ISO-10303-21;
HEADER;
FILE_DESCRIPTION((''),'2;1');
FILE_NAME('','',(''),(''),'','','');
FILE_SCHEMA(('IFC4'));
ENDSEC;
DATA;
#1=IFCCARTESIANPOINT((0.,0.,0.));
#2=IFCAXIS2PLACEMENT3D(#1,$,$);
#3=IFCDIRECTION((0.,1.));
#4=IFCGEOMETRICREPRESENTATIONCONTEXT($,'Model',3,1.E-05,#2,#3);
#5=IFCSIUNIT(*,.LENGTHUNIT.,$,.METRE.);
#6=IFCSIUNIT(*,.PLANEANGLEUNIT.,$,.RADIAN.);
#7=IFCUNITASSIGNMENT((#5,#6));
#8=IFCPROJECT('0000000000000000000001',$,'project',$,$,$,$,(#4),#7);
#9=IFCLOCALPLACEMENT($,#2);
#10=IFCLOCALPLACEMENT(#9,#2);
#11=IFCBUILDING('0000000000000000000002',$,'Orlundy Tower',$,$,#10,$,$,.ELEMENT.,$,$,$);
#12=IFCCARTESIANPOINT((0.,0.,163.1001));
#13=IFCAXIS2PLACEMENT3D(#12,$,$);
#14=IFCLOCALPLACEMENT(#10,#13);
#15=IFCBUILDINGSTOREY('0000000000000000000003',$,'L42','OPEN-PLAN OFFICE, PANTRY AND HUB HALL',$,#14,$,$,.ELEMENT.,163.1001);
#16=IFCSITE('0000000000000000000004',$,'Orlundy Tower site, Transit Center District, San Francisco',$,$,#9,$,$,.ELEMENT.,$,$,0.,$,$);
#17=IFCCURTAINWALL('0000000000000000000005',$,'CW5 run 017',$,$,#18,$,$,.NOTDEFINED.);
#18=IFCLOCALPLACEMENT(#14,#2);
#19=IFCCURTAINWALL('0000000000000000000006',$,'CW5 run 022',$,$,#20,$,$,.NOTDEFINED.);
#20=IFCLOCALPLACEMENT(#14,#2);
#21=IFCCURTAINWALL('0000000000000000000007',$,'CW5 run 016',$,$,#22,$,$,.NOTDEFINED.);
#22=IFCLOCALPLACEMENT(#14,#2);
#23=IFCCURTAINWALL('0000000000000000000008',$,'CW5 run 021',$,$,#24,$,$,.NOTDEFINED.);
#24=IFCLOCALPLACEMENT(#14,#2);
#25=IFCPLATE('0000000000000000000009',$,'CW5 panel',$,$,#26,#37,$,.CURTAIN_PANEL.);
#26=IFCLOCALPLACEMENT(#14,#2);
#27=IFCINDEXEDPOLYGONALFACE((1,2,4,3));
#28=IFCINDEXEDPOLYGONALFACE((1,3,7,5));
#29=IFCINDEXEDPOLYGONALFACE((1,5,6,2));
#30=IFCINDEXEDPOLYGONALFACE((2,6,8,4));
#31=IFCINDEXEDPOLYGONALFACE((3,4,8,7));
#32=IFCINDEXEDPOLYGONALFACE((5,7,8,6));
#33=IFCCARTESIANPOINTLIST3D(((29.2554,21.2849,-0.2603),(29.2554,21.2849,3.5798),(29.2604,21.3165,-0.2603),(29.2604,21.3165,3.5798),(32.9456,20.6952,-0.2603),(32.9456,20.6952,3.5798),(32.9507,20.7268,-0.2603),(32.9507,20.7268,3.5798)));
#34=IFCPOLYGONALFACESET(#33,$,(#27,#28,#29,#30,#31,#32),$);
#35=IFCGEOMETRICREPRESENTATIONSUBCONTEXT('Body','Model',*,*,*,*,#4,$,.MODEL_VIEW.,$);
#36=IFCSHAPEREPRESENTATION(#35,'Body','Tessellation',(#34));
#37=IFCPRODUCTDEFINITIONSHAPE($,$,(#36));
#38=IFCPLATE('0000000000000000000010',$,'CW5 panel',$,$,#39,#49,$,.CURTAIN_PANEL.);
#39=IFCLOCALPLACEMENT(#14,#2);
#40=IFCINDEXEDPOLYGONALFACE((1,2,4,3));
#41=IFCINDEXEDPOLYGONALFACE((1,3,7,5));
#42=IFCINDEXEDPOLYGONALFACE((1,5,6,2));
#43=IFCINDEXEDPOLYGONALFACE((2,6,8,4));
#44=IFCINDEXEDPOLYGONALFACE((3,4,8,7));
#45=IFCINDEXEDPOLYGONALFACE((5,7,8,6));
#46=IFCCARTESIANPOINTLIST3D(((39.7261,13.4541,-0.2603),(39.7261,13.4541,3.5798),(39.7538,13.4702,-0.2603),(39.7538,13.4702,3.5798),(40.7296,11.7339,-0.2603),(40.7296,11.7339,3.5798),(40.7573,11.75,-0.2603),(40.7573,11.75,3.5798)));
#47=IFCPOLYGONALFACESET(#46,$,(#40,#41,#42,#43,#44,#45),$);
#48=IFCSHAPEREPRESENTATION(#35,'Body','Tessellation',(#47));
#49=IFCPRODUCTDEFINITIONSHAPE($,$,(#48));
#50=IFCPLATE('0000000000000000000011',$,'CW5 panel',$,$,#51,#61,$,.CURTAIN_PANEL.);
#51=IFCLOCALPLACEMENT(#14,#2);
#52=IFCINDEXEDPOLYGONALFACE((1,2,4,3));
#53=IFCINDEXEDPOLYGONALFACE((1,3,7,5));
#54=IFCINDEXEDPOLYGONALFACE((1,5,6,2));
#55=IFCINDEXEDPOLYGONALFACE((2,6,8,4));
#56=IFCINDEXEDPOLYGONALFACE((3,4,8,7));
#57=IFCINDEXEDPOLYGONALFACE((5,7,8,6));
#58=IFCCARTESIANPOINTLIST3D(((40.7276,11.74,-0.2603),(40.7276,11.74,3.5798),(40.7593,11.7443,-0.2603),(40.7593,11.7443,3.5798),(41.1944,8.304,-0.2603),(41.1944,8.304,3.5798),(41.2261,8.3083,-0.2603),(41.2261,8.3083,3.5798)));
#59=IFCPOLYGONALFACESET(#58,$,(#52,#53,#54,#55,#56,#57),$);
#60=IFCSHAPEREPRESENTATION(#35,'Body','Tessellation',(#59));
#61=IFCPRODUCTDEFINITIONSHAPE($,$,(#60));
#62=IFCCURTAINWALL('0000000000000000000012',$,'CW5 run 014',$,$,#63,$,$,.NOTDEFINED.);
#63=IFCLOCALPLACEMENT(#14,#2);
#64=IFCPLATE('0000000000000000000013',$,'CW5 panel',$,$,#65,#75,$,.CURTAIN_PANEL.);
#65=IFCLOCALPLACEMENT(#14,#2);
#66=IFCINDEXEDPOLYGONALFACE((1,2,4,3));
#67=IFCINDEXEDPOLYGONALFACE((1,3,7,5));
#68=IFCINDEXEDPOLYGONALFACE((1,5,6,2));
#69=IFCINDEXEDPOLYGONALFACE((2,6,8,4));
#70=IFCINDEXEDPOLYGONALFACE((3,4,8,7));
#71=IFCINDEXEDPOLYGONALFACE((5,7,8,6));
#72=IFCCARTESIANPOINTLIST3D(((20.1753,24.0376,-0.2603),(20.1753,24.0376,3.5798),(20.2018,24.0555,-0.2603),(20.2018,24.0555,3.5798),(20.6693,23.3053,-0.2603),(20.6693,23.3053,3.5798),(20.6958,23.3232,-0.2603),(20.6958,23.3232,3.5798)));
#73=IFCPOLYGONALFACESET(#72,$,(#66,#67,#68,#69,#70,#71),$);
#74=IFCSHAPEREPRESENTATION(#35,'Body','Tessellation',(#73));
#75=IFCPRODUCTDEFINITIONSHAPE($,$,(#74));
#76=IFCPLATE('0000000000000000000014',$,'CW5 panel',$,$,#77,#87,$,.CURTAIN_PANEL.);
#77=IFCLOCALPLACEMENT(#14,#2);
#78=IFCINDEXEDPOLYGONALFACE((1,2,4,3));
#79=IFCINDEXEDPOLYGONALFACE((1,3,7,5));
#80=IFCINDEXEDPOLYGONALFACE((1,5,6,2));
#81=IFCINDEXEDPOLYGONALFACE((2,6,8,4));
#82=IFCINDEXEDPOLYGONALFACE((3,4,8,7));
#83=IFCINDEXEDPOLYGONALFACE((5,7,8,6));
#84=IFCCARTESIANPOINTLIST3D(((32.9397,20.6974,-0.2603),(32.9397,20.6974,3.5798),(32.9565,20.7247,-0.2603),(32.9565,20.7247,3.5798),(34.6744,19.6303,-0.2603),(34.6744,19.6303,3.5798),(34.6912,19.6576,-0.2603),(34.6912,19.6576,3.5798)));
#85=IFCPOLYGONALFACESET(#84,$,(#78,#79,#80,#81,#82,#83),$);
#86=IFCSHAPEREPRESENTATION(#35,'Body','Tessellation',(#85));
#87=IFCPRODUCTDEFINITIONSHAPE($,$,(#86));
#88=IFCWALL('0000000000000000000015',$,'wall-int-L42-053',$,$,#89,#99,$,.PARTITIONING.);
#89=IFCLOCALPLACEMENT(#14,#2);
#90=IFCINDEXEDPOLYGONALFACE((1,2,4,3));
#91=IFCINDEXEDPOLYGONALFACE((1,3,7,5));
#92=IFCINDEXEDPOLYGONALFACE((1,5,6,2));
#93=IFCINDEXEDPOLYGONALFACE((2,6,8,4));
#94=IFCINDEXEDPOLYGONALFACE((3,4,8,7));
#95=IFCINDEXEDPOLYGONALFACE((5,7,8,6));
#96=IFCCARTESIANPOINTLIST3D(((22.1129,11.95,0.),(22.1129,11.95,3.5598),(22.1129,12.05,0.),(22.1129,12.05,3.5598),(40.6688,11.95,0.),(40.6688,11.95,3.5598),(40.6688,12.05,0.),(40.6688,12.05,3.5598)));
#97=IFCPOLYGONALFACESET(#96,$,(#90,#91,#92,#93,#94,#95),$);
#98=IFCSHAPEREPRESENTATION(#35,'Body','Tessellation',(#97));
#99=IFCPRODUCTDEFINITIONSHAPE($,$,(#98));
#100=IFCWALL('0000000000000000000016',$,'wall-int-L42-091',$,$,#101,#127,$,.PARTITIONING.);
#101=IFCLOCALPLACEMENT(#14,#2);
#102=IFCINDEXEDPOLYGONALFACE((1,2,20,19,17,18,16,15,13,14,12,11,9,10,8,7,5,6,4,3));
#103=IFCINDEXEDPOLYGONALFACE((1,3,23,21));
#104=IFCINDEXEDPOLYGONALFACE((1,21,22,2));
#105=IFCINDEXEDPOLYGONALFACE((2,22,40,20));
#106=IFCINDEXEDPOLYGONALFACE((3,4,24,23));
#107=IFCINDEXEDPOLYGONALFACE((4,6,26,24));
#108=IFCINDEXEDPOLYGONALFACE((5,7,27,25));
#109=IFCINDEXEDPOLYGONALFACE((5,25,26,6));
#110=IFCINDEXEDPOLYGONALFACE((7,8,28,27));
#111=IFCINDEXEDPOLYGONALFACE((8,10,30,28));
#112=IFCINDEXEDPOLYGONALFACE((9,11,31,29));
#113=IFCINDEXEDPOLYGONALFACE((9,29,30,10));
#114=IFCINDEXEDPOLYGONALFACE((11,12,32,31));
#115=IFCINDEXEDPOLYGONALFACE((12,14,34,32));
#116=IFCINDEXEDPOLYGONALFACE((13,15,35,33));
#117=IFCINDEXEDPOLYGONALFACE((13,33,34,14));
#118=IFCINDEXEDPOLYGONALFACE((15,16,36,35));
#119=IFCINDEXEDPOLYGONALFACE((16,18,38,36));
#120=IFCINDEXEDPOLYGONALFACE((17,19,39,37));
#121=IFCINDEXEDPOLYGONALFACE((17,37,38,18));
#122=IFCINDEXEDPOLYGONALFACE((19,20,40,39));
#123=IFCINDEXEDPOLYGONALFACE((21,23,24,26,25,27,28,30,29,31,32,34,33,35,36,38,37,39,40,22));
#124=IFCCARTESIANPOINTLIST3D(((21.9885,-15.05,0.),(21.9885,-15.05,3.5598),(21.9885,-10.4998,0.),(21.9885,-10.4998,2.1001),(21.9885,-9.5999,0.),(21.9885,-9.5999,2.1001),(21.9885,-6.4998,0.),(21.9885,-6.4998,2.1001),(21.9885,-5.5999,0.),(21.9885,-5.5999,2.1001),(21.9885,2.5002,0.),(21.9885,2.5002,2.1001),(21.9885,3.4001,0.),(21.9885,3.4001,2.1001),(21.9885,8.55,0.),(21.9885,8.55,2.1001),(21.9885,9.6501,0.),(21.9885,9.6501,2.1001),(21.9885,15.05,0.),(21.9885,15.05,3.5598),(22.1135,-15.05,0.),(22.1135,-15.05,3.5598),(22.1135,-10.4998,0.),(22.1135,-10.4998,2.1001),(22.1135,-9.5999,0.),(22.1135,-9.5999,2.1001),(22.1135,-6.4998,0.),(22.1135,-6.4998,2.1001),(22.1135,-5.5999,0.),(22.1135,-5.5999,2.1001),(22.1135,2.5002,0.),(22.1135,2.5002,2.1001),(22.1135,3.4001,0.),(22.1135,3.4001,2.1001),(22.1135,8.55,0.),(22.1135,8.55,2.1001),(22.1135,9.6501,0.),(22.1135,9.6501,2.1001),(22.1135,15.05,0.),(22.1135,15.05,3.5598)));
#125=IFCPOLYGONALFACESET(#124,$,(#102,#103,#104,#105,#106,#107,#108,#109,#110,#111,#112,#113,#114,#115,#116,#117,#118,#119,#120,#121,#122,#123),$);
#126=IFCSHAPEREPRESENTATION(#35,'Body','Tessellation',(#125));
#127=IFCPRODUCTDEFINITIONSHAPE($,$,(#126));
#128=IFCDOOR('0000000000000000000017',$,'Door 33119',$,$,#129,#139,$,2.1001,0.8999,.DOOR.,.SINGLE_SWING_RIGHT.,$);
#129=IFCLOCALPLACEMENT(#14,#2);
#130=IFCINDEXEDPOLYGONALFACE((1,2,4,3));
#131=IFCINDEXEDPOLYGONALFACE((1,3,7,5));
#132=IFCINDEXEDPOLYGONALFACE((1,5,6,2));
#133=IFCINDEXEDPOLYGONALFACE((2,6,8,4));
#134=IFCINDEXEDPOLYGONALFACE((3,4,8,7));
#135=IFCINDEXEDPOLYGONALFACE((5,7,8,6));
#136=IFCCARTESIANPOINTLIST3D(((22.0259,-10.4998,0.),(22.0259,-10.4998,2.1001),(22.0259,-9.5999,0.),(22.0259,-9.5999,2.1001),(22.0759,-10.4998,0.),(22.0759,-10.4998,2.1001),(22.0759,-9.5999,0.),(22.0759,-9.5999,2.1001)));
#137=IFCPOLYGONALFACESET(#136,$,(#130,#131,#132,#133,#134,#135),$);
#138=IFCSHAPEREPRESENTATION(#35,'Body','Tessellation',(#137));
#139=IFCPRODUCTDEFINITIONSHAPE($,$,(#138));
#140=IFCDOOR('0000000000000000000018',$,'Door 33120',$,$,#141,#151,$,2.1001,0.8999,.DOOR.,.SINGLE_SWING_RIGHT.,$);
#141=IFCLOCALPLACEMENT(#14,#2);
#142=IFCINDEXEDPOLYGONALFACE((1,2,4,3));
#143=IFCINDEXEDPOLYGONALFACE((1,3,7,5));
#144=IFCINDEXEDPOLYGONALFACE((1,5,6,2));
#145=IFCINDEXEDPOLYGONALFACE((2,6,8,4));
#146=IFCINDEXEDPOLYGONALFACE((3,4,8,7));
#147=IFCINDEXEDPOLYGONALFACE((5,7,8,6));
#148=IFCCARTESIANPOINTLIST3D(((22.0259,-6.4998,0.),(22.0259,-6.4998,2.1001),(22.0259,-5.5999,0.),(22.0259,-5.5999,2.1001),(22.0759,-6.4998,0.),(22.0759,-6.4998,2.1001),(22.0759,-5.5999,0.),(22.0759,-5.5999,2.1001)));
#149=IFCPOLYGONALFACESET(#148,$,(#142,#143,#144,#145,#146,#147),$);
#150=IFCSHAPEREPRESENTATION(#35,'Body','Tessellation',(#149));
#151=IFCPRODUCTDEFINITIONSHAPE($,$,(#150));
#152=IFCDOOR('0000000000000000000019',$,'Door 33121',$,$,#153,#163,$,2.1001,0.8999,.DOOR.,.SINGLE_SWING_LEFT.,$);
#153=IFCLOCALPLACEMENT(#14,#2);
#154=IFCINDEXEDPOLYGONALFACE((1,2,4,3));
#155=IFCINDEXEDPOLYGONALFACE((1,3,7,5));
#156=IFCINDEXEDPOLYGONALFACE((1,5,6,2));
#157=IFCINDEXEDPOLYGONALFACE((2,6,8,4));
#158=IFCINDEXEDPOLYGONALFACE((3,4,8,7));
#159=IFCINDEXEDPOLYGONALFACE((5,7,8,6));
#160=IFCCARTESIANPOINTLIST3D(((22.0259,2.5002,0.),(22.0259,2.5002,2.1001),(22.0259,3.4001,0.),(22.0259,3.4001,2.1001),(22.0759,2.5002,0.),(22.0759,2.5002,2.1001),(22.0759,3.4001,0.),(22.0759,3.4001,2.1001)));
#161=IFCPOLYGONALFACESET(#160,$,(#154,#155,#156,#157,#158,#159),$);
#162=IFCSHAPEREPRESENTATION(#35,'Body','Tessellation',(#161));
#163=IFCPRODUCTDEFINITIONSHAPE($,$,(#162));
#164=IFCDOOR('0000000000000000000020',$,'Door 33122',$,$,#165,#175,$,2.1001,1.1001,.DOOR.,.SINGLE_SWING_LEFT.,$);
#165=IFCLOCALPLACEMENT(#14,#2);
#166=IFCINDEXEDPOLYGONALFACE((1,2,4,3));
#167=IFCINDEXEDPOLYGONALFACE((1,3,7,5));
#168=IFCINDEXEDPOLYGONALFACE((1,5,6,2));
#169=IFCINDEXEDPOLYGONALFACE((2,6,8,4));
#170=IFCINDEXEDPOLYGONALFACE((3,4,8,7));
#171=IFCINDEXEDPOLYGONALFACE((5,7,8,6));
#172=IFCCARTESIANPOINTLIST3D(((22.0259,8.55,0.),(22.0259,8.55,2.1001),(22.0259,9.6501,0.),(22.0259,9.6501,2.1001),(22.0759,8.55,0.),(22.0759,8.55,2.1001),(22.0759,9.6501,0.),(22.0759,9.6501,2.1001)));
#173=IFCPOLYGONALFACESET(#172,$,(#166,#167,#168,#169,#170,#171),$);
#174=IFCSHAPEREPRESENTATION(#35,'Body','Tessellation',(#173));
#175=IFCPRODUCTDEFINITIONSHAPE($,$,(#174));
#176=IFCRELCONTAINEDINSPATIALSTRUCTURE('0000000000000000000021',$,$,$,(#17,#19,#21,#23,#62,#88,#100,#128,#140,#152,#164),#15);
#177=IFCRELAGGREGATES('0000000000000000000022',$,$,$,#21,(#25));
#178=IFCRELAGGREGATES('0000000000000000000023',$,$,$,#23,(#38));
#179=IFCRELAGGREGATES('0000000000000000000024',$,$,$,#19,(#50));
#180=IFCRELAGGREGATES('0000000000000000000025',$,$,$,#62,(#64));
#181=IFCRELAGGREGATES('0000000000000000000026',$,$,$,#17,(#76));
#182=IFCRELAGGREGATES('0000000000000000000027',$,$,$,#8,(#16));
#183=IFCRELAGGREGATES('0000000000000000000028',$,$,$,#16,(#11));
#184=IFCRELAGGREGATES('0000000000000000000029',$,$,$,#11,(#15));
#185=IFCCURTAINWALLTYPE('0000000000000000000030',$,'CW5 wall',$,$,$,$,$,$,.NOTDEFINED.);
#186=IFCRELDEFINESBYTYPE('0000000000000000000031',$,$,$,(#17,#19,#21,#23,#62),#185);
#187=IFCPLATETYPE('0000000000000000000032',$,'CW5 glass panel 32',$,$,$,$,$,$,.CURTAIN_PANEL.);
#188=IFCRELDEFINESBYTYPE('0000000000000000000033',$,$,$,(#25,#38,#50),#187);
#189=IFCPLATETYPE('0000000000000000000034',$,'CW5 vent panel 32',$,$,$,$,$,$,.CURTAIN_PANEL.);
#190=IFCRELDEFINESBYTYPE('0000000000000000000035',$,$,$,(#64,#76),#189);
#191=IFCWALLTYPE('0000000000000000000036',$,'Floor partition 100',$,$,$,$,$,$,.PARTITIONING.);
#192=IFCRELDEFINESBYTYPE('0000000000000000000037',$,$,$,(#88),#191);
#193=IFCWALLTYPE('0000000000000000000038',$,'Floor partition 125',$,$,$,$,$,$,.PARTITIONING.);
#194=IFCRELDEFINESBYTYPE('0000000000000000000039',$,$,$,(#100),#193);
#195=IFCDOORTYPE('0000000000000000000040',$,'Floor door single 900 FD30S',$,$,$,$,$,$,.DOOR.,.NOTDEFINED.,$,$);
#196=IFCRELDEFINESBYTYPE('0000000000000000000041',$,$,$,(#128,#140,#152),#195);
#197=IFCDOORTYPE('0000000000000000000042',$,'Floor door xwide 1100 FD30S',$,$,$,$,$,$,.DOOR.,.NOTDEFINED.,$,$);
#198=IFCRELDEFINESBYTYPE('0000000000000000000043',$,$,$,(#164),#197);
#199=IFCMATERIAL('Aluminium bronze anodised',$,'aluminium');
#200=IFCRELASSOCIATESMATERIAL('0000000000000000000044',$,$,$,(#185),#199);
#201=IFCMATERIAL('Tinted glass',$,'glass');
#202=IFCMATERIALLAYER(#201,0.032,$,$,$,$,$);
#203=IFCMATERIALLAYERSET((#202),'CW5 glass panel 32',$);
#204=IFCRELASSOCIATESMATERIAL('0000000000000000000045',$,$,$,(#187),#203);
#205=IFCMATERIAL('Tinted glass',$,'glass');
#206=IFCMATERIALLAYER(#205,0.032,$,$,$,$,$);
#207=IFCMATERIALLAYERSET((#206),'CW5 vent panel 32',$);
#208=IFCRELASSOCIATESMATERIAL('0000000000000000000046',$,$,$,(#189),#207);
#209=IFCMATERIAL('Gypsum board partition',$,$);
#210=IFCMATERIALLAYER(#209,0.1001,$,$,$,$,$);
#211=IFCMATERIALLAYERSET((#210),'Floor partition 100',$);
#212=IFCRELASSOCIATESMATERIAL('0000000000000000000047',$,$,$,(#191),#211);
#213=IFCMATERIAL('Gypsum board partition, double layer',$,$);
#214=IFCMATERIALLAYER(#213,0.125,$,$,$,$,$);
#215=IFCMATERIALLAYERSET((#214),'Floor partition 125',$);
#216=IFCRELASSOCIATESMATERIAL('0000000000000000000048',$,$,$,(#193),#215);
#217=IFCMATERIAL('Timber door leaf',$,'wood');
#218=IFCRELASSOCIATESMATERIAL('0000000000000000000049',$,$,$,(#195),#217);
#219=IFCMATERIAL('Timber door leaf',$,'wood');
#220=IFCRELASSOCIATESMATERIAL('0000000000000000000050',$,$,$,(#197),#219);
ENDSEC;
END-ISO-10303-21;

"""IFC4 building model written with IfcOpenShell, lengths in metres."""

from ifc_helpers import new_model, si_unit, direction, frame, frame_2d, origin, origin_2d, place, context, subcontext, project, spatial, rectangle, extrude, material, layer, layer_set, type_object, element, fill, aggregate, save


model = new_model("IFC4")

# Units and contexts
model_context = context("Model", 3, precision=1e-05, world=origin(), true_north=direction((0.0, 1.0)))
body_context = subcontext(model_context, "Body", "Model", "MODEL_VIEW")
ifc_project = project(units=[si_unit("LENGTHUNIT", "METRE"), si_unit("PLANEANGLEUNIT", "RADIAN")], contexts=[model_context])

# Site, building, storey
site_placement = place(None, origin())
site = spatial("IfcSite", under=ifc_project, at=site_placement, Name="Orlundy Tower site, Transit Center District, San Francisco", CompositionType="ELEMENT", RefElevation=0.0)
building_placement = place(site_placement, origin())
building = spatial("IfcBuilding", under=site, at=building_placement, Name="Orlundy Tower", CompositionType="ELEMENT")
storey_placement = place(building_placement, frame((0.0, 0.0, 163.1001)))
storey = spatial("IfcBuildingStorey", under=building, at=storey_placement, Name="L42", Description="OPEN-PLAN OFFICE, PANTRY AND HUB HALL", CompositionType="ELEMENT", Elevation=163.1001)

# Curtain walls
ifc_material_1 = material(Name="Aluminium bronze anodised", Category="aluminium")
curtain_wall_type = type_object("IfcCurtainWallType", Name="CW5 wall", PredefinedType="NOTDEFINED", material=ifc_material_1)
curtain_wall_1_placement = place(storey_placement, origin())
curtain_wall_1 = element("IfcCurtainWall", 1, at=curtain_wall_1_placement, inside=storey, type_object=curtain_wall_type, Name="CW5 run 017", PredefinedType="NOTDEFINED")
curtain_wall_2_placement = place(storey_placement, origin())
curtain_wall_2 = element("IfcCurtainWall", 2, at=curtain_wall_2_placement, inside=storey, type_object=curtain_wall_type, Name="CW5 run 022", PredefinedType="NOTDEFINED")
curtain_wall_3_placement = place(storey_placement, origin())
curtain_wall_3 = element("IfcCurtainWall", 3, at=curtain_wall_3_placement, inside=storey, type_object=curtain_wall_type, Name="CW5 run 016", PredefinedType="NOTDEFINED")

# Curtain wall
curtain_wall_4_placement = place(storey_placement, origin())
curtain_wall_4 = element("IfcCurtainWall", 4, at=curtain_wall_4_placement, inside=storey, type_object=curtain_wall_type, Name="CW5 run 021", PredefinedType="NOTDEFINED")

# Plates
ifc_material_2 = material(Name="Tinted glass", Category="glass")
ifc_layer_1 = layer(ifc_material_2, 0.032)
ifc_layer_set_1 = layer_set([ifc_layer_1], Name="CW5 glass panel 32")
plate_type_1 = type_object("IfcPlateType", Name="CW5 glass panel 32", PredefinedType="CURTAIN_PANEL", material=ifc_layer_set_1)
plate_1_placement = place(storey_placement, frame((31.103, 21.0059, -0.2603), z_axis=(0.0, 0.0, 1.0), x_axis=(0.987473, -0.157791, 0.0)))
plate_1 = element("IfcPlate", 5, at=plate_1_placement, type_object=plate_type_1, Name="CW5 panel", PredefinedType="CURTAIN_PANEL", context=body_context, shape_type="SweptSolid", body=[
    extrude(rectangle(XDim=3.7371, YDim=0.032, at=origin_2d()), origin(), (0.0, 0.0, 1.0), 3.8401),
])
aggregate(curtain_wall_3, [plate_1])
plate_2_placement = place(storey_placement, frame((40.2417, 12.6021, -0.2603), z_axis=(0.0, 0.0, 1.0), x_axis=(0.503905, -0.863759, 0.0)))
plate_2 = element("IfcPlate", 6, at=plate_2_placement, type_object=plate_type_1, Name="CW5 panel", PredefinedType="CURTAIN_PANEL", context=body_context, shape_type="SweptSolid", body=[
    extrude(rectangle(XDim=1.9915, YDim=0.032, at=origin_2d()), origin(), (0.0, 0.0, 1.0), 3.8401),
])
aggregate(curtain_wall_4, [plate_2])
plate_3_placement = place(storey_placement, frame((40.9768, 10.0242, -0.2603), z_axis=(0.0, 0.0, 1.0), x_axis=(0.13462, -0.990897, 0.0)))
plate_3 = element("IfcPlate", 7, at=plate_3_placement, type_object=plate_type_1, Name="CW5 panel", PredefinedType="CURTAIN_PANEL", context=body_context, shape_type="SweptSolid", body=[
    extrude(rectangle(XDim=3.4675, YDim=0.032, at=origin_2d()), origin(), (0.0, 0.0, 1.0), 3.8401),
])
aggregate(curtain_wall_2, [plate_3])

# Curtain wall, plate
curtain_wall_5_placement = place(storey_placement, origin())
curtain_wall_5 = element("IfcCurtainWall", 8, at=curtain_wall_5_placement, inside=storey, type_object=curtain_wall_type, Name="CW5 run 014", PredefinedType="NOTDEFINED")
ifc_material_3 = material(Name="Tinted glass", Category="glass")
ifc_layer_2 = layer(ifc_material_3, 0.032)
ifc_layer_set_2 = layer_set([ifc_layer_2], Name="CW5 vent panel 32")
plate_type_2 = type_object("IfcPlateType", Name="CW5 vent panel 32", PredefinedType="CURTAIN_PANEL", material=ifc_layer_set_2)
plate_4_placement = place(storey_placement, frame((20.4355, 23.6804, -0.2603), z_axis=(0.0, 0.0, 1.0), x_axis=(0.559178, -0.829048, 0.0)))
plate_4 = element("IfcPlate", 9, at=plate_4_placement, type_object=plate_type_2, Name="CW5 panel", PredefinedType="CURTAIN_PANEL", context=body_context, shape_type="SweptSolid", body=[
    extrude(rectangle(XDim=0.8833, YDim=0.032, at=origin_2d()), origin(), (0.0, 0.0, 1.0), 3.8401),
])
aggregate(curtain_wall_5, [plate_4])

# Plate
plate_5_placement = place(storey_placement, frame((33.8154, 20.1775, -0.2603), z_axis=(0.0, 0.0, 1.0), x_axis=(0.851751, -0.523947, 0.0)))
plate_5 = element("IfcPlate", 10, at=plate_5_placement, type_object=plate_type_2, Name="CW5 panel", PredefinedType="CURTAIN_PANEL", context=body_context, shape_type="SweptSolid", body=[
    extrude(rectangle(XDim=2.0366, YDim=0.032, at=origin_2d()), origin(), (0.0, 0.0, 1.0), 3.8401),
])
aggregate(curtain_wall_1, [plate_5])

# Wall
ifc_material_4 = material(Name="Gypsum board partition")
ifc_layer_3 = layer(ifc_material_4, 0.1001)
ifc_layer_set_3 = layer_set([ifc_layer_3], Name="Floor partition 100")
wall_type_1 = type_object("IfcWallType", Name="Floor partition 100", PredefinedType="PARTITIONING", material=ifc_layer_set_3)
wall_1_placement = place(storey_placement, frame((22.113, 12.0, 0.0), z_axis=(0.0, 0.0, 1.0), x_axis=(1.0, 0.0, 0.0)))
element("IfcWall", 11, at=wall_1_placement, inside=storey, type_object=wall_type_1, Name="wall-int-L42-053", PredefinedType="PARTITIONING", context=body_context, shape_type="SweptSolid", body=[
    extrude(rectangle(XDim=18.5559, YDim=0.1001, at=frame_2d((9.2778, 0.0))), origin(), (0.0, 0.0, 1.0), 3.5598),
])

# Wall, openings, doors
ifc_material_5 = material(Name="Gypsum board partition, double layer")
ifc_layer_4 = layer(ifc_material_5, 0.125)
ifc_layer_set_4 = layer_set([ifc_layer_4], Name="Floor partition 125")
wall_type_2 = type_object("IfcWallType", Name="Floor partition 125", PredefinedType="PARTITIONING", material=ifc_layer_set_4)
wall_2_placement = place(storey_placement, frame((22.051, 15.05, 0.0), z_axis=(0.0, 0.0, 1.0), x_axis=(0.0, -1.0, 0.0)))
wall_2 = element("IfcWall", 12, at=wall_2_placement, inside=storey, type_object=wall_type_2, Name="wall-int-L42-091", PredefinedType="PARTITIONING", context=body_context, shape_type="SweptSolid", body=[
    extrude(rectangle(XDim=30.1001, YDim=0.125, at=frame_2d((15.05, 0.0))), origin(), (0.0, 0.0, 1.0), 3.5598),
])
opening_1_placement = place(wall_2_placement, frame((24.6499, 0.0, 0.0)))
opening_1 = element("IfcOpeningElement", 13, at=opening_1_placement, cuts=wall_2, PredefinedType="OPENING", context=body_context, shape_type="SweptSolid", body=[
    extrude(rectangle(XDim=0.8999, YDim=2.1001, at=frame_2d((0.45, 1.05))), frame((0.0, 0.0725, 0.0), z_axis=(0.0, -1.0, 0.0), x_axis=(1.0, 0.0, 0.0)), (0.0, 0.0, 1.0), 0.145),
])
opening_2_placement = place(wall_2_placement, frame((20.6499, 0.0, 0.0)))
opening_2 = element("IfcOpeningElement", 14, at=opening_2_placement, cuts=wall_2, PredefinedType="OPENING", context=body_context, shape_type="SweptSolid", body=[
    extrude(rectangle(XDim=0.8999, YDim=2.1001, at=frame_2d((0.45, 1.05))), frame((0.0, 0.0725, 0.0), z_axis=(0.0, -1.0, 0.0), x_axis=(1.0, 0.0, 0.0)), (0.0, 0.0, 1.0), 0.145),
])
opening_3_placement = place(wall_2_placement, frame((11.6499, 0.0, 0.0)))
opening_3 = element("IfcOpeningElement", 15, at=opening_3_placement, cuts=wall_2, PredefinedType="OPENING", context=body_context, shape_type="SweptSolid", body=[
    extrude(rectangle(XDim=0.8999, YDim=2.1001, at=frame_2d((0.45, 1.05))), frame((0.0, 0.0725, 0.0), z_axis=(0.0, -1.0, 0.0), x_axis=(1.0, 0.0, 0.0)), (0.0, 0.0, 1.0), 0.145),
])
opening_4_placement = place(wall_2_placement, frame((5.3999, 0.0, 0.0)))
opening_4 = element("IfcOpeningElement", 16, at=opening_4_placement, cuts=wall_2, PredefinedType="OPENING", context=body_context, shape_type="SweptSolid", body=[
    extrude(rectangle(XDim=1.1001, YDim=2.1001, at=frame_2d((0.55, 1.05))), frame((0.0, 0.0725, 0.0), z_axis=(0.0, -1.0, 0.0), x_axis=(1.0, 0.0, 0.0)), (0.0, 0.0, 1.0), 0.145),
])
ifc_material_6 = material(Name="Timber door leaf", Category="wood")
door_type_1 = type_object("IfcDoorType", Name="Floor door single 900 FD30S", OperationType="NOTDEFINED", PredefinedType="DOOR", material=ifc_material_6)
door_1_placement = place(opening_1_placement, origin())
door_1 = element("IfcDoor", 17, at=door_1_placement, inside=storey, type_object=door_type_1, Name="Door 33119", OperationType="SINGLE_SWING_RIGHT", OverallHeight=2.1001, OverallWidth=0.8999, PredefinedType="DOOR", context=body_context, shape_type="SweptSolid", body=[
    extrude(rectangle(XDim=0.8999, YDim=2.1001, at=frame_2d((0.45, 1.05))), frame((0.0, 0.0249, 0.0), z_axis=(0.0, -1.0, 0.0), x_axis=(1.0, 0.0, 0.0)), (0.0, 0.0, 1.0), 0.05),
])
fill(opening_1, door_1)
door_2_placement = place(opening_2_placement, origin())
door_2 = element("IfcDoor", 18, at=door_2_placement, inside=storey, type_object=door_type_1, Name="Door 33120", OperationType="SINGLE_SWING_RIGHT", OverallHeight=2.1001, OverallWidth=0.8999, PredefinedType="DOOR", context=body_context, shape_type="SweptSolid", body=[
    extrude(rectangle(XDim=0.8999, YDim=2.1001, at=frame_2d((0.45, 1.05))), frame((0.0, 0.0249, 0.0), z_axis=(0.0, -1.0, 0.0), x_axis=(1.0, 0.0, 0.0)), (0.0, 0.0, 1.0), 0.05),
])
fill(opening_2, door_2)
door_3_placement = place(opening_3_placement, origin())
door_3 = element("IfcDoor", 19, at=door_3_placement, inside=storey, type_object=door_type_1, Name="Door 33121", OperationType="SINGLE_SWING_LEFT", OverallHeight=2.1001, OverallWidth=0.8999, PredefinedType="DOOR", context=body_context, shape_type="SweptSolid", body=[
    extrude(rectangle(XDim=0.8999, YDim=2.1001, at=frame_2d((0.45, 1.05))), frame((0.0, 0.0249, 0.0), z_axis=(0.0, -1.0, 0.0), x_axis=(1.0, 0.0, 0.0)), (0.0, 0.0, 1.0), 0.05),
])
fill(opening_3, door_3)
ifc_material_7 = material(Name="Timber door leaf", Category="wood")
door_type_2 = type_object("IfcDoorType", Name="Floor door xwide 1100 FD30S", OperationType="NOTDEFINED", PredefinedType="DOOR", material=ifc_material_7)
door_4_placement = place(opening_4_placement, origin())
door_4 = element("IfcDoor", 20, at=door_4_placement, inside=storey, type_object=door_type_2, Name="Door 33122", OperationType="SINGLE_SWING_LEFT", OverallHeight=2.1001, OverallWidth=1.1001, PredefinedType="DOOR", context=body_context, shape_type="SweptSolid", body=[
    extrude(rectangle(XDim=1.1001, YDim=2.1001, at=frame_2d((0.55, 1.05))), frame((0.0, 0.0249, 0.0), z_axis=(0.0, -1.0, 0.0), x_axis=(1.0, 0.0, 0.0)), (0.0, 0.0, 1.0), 0.05),
])
fill(opening_4, door_4)

save(model, "model.ifc")
